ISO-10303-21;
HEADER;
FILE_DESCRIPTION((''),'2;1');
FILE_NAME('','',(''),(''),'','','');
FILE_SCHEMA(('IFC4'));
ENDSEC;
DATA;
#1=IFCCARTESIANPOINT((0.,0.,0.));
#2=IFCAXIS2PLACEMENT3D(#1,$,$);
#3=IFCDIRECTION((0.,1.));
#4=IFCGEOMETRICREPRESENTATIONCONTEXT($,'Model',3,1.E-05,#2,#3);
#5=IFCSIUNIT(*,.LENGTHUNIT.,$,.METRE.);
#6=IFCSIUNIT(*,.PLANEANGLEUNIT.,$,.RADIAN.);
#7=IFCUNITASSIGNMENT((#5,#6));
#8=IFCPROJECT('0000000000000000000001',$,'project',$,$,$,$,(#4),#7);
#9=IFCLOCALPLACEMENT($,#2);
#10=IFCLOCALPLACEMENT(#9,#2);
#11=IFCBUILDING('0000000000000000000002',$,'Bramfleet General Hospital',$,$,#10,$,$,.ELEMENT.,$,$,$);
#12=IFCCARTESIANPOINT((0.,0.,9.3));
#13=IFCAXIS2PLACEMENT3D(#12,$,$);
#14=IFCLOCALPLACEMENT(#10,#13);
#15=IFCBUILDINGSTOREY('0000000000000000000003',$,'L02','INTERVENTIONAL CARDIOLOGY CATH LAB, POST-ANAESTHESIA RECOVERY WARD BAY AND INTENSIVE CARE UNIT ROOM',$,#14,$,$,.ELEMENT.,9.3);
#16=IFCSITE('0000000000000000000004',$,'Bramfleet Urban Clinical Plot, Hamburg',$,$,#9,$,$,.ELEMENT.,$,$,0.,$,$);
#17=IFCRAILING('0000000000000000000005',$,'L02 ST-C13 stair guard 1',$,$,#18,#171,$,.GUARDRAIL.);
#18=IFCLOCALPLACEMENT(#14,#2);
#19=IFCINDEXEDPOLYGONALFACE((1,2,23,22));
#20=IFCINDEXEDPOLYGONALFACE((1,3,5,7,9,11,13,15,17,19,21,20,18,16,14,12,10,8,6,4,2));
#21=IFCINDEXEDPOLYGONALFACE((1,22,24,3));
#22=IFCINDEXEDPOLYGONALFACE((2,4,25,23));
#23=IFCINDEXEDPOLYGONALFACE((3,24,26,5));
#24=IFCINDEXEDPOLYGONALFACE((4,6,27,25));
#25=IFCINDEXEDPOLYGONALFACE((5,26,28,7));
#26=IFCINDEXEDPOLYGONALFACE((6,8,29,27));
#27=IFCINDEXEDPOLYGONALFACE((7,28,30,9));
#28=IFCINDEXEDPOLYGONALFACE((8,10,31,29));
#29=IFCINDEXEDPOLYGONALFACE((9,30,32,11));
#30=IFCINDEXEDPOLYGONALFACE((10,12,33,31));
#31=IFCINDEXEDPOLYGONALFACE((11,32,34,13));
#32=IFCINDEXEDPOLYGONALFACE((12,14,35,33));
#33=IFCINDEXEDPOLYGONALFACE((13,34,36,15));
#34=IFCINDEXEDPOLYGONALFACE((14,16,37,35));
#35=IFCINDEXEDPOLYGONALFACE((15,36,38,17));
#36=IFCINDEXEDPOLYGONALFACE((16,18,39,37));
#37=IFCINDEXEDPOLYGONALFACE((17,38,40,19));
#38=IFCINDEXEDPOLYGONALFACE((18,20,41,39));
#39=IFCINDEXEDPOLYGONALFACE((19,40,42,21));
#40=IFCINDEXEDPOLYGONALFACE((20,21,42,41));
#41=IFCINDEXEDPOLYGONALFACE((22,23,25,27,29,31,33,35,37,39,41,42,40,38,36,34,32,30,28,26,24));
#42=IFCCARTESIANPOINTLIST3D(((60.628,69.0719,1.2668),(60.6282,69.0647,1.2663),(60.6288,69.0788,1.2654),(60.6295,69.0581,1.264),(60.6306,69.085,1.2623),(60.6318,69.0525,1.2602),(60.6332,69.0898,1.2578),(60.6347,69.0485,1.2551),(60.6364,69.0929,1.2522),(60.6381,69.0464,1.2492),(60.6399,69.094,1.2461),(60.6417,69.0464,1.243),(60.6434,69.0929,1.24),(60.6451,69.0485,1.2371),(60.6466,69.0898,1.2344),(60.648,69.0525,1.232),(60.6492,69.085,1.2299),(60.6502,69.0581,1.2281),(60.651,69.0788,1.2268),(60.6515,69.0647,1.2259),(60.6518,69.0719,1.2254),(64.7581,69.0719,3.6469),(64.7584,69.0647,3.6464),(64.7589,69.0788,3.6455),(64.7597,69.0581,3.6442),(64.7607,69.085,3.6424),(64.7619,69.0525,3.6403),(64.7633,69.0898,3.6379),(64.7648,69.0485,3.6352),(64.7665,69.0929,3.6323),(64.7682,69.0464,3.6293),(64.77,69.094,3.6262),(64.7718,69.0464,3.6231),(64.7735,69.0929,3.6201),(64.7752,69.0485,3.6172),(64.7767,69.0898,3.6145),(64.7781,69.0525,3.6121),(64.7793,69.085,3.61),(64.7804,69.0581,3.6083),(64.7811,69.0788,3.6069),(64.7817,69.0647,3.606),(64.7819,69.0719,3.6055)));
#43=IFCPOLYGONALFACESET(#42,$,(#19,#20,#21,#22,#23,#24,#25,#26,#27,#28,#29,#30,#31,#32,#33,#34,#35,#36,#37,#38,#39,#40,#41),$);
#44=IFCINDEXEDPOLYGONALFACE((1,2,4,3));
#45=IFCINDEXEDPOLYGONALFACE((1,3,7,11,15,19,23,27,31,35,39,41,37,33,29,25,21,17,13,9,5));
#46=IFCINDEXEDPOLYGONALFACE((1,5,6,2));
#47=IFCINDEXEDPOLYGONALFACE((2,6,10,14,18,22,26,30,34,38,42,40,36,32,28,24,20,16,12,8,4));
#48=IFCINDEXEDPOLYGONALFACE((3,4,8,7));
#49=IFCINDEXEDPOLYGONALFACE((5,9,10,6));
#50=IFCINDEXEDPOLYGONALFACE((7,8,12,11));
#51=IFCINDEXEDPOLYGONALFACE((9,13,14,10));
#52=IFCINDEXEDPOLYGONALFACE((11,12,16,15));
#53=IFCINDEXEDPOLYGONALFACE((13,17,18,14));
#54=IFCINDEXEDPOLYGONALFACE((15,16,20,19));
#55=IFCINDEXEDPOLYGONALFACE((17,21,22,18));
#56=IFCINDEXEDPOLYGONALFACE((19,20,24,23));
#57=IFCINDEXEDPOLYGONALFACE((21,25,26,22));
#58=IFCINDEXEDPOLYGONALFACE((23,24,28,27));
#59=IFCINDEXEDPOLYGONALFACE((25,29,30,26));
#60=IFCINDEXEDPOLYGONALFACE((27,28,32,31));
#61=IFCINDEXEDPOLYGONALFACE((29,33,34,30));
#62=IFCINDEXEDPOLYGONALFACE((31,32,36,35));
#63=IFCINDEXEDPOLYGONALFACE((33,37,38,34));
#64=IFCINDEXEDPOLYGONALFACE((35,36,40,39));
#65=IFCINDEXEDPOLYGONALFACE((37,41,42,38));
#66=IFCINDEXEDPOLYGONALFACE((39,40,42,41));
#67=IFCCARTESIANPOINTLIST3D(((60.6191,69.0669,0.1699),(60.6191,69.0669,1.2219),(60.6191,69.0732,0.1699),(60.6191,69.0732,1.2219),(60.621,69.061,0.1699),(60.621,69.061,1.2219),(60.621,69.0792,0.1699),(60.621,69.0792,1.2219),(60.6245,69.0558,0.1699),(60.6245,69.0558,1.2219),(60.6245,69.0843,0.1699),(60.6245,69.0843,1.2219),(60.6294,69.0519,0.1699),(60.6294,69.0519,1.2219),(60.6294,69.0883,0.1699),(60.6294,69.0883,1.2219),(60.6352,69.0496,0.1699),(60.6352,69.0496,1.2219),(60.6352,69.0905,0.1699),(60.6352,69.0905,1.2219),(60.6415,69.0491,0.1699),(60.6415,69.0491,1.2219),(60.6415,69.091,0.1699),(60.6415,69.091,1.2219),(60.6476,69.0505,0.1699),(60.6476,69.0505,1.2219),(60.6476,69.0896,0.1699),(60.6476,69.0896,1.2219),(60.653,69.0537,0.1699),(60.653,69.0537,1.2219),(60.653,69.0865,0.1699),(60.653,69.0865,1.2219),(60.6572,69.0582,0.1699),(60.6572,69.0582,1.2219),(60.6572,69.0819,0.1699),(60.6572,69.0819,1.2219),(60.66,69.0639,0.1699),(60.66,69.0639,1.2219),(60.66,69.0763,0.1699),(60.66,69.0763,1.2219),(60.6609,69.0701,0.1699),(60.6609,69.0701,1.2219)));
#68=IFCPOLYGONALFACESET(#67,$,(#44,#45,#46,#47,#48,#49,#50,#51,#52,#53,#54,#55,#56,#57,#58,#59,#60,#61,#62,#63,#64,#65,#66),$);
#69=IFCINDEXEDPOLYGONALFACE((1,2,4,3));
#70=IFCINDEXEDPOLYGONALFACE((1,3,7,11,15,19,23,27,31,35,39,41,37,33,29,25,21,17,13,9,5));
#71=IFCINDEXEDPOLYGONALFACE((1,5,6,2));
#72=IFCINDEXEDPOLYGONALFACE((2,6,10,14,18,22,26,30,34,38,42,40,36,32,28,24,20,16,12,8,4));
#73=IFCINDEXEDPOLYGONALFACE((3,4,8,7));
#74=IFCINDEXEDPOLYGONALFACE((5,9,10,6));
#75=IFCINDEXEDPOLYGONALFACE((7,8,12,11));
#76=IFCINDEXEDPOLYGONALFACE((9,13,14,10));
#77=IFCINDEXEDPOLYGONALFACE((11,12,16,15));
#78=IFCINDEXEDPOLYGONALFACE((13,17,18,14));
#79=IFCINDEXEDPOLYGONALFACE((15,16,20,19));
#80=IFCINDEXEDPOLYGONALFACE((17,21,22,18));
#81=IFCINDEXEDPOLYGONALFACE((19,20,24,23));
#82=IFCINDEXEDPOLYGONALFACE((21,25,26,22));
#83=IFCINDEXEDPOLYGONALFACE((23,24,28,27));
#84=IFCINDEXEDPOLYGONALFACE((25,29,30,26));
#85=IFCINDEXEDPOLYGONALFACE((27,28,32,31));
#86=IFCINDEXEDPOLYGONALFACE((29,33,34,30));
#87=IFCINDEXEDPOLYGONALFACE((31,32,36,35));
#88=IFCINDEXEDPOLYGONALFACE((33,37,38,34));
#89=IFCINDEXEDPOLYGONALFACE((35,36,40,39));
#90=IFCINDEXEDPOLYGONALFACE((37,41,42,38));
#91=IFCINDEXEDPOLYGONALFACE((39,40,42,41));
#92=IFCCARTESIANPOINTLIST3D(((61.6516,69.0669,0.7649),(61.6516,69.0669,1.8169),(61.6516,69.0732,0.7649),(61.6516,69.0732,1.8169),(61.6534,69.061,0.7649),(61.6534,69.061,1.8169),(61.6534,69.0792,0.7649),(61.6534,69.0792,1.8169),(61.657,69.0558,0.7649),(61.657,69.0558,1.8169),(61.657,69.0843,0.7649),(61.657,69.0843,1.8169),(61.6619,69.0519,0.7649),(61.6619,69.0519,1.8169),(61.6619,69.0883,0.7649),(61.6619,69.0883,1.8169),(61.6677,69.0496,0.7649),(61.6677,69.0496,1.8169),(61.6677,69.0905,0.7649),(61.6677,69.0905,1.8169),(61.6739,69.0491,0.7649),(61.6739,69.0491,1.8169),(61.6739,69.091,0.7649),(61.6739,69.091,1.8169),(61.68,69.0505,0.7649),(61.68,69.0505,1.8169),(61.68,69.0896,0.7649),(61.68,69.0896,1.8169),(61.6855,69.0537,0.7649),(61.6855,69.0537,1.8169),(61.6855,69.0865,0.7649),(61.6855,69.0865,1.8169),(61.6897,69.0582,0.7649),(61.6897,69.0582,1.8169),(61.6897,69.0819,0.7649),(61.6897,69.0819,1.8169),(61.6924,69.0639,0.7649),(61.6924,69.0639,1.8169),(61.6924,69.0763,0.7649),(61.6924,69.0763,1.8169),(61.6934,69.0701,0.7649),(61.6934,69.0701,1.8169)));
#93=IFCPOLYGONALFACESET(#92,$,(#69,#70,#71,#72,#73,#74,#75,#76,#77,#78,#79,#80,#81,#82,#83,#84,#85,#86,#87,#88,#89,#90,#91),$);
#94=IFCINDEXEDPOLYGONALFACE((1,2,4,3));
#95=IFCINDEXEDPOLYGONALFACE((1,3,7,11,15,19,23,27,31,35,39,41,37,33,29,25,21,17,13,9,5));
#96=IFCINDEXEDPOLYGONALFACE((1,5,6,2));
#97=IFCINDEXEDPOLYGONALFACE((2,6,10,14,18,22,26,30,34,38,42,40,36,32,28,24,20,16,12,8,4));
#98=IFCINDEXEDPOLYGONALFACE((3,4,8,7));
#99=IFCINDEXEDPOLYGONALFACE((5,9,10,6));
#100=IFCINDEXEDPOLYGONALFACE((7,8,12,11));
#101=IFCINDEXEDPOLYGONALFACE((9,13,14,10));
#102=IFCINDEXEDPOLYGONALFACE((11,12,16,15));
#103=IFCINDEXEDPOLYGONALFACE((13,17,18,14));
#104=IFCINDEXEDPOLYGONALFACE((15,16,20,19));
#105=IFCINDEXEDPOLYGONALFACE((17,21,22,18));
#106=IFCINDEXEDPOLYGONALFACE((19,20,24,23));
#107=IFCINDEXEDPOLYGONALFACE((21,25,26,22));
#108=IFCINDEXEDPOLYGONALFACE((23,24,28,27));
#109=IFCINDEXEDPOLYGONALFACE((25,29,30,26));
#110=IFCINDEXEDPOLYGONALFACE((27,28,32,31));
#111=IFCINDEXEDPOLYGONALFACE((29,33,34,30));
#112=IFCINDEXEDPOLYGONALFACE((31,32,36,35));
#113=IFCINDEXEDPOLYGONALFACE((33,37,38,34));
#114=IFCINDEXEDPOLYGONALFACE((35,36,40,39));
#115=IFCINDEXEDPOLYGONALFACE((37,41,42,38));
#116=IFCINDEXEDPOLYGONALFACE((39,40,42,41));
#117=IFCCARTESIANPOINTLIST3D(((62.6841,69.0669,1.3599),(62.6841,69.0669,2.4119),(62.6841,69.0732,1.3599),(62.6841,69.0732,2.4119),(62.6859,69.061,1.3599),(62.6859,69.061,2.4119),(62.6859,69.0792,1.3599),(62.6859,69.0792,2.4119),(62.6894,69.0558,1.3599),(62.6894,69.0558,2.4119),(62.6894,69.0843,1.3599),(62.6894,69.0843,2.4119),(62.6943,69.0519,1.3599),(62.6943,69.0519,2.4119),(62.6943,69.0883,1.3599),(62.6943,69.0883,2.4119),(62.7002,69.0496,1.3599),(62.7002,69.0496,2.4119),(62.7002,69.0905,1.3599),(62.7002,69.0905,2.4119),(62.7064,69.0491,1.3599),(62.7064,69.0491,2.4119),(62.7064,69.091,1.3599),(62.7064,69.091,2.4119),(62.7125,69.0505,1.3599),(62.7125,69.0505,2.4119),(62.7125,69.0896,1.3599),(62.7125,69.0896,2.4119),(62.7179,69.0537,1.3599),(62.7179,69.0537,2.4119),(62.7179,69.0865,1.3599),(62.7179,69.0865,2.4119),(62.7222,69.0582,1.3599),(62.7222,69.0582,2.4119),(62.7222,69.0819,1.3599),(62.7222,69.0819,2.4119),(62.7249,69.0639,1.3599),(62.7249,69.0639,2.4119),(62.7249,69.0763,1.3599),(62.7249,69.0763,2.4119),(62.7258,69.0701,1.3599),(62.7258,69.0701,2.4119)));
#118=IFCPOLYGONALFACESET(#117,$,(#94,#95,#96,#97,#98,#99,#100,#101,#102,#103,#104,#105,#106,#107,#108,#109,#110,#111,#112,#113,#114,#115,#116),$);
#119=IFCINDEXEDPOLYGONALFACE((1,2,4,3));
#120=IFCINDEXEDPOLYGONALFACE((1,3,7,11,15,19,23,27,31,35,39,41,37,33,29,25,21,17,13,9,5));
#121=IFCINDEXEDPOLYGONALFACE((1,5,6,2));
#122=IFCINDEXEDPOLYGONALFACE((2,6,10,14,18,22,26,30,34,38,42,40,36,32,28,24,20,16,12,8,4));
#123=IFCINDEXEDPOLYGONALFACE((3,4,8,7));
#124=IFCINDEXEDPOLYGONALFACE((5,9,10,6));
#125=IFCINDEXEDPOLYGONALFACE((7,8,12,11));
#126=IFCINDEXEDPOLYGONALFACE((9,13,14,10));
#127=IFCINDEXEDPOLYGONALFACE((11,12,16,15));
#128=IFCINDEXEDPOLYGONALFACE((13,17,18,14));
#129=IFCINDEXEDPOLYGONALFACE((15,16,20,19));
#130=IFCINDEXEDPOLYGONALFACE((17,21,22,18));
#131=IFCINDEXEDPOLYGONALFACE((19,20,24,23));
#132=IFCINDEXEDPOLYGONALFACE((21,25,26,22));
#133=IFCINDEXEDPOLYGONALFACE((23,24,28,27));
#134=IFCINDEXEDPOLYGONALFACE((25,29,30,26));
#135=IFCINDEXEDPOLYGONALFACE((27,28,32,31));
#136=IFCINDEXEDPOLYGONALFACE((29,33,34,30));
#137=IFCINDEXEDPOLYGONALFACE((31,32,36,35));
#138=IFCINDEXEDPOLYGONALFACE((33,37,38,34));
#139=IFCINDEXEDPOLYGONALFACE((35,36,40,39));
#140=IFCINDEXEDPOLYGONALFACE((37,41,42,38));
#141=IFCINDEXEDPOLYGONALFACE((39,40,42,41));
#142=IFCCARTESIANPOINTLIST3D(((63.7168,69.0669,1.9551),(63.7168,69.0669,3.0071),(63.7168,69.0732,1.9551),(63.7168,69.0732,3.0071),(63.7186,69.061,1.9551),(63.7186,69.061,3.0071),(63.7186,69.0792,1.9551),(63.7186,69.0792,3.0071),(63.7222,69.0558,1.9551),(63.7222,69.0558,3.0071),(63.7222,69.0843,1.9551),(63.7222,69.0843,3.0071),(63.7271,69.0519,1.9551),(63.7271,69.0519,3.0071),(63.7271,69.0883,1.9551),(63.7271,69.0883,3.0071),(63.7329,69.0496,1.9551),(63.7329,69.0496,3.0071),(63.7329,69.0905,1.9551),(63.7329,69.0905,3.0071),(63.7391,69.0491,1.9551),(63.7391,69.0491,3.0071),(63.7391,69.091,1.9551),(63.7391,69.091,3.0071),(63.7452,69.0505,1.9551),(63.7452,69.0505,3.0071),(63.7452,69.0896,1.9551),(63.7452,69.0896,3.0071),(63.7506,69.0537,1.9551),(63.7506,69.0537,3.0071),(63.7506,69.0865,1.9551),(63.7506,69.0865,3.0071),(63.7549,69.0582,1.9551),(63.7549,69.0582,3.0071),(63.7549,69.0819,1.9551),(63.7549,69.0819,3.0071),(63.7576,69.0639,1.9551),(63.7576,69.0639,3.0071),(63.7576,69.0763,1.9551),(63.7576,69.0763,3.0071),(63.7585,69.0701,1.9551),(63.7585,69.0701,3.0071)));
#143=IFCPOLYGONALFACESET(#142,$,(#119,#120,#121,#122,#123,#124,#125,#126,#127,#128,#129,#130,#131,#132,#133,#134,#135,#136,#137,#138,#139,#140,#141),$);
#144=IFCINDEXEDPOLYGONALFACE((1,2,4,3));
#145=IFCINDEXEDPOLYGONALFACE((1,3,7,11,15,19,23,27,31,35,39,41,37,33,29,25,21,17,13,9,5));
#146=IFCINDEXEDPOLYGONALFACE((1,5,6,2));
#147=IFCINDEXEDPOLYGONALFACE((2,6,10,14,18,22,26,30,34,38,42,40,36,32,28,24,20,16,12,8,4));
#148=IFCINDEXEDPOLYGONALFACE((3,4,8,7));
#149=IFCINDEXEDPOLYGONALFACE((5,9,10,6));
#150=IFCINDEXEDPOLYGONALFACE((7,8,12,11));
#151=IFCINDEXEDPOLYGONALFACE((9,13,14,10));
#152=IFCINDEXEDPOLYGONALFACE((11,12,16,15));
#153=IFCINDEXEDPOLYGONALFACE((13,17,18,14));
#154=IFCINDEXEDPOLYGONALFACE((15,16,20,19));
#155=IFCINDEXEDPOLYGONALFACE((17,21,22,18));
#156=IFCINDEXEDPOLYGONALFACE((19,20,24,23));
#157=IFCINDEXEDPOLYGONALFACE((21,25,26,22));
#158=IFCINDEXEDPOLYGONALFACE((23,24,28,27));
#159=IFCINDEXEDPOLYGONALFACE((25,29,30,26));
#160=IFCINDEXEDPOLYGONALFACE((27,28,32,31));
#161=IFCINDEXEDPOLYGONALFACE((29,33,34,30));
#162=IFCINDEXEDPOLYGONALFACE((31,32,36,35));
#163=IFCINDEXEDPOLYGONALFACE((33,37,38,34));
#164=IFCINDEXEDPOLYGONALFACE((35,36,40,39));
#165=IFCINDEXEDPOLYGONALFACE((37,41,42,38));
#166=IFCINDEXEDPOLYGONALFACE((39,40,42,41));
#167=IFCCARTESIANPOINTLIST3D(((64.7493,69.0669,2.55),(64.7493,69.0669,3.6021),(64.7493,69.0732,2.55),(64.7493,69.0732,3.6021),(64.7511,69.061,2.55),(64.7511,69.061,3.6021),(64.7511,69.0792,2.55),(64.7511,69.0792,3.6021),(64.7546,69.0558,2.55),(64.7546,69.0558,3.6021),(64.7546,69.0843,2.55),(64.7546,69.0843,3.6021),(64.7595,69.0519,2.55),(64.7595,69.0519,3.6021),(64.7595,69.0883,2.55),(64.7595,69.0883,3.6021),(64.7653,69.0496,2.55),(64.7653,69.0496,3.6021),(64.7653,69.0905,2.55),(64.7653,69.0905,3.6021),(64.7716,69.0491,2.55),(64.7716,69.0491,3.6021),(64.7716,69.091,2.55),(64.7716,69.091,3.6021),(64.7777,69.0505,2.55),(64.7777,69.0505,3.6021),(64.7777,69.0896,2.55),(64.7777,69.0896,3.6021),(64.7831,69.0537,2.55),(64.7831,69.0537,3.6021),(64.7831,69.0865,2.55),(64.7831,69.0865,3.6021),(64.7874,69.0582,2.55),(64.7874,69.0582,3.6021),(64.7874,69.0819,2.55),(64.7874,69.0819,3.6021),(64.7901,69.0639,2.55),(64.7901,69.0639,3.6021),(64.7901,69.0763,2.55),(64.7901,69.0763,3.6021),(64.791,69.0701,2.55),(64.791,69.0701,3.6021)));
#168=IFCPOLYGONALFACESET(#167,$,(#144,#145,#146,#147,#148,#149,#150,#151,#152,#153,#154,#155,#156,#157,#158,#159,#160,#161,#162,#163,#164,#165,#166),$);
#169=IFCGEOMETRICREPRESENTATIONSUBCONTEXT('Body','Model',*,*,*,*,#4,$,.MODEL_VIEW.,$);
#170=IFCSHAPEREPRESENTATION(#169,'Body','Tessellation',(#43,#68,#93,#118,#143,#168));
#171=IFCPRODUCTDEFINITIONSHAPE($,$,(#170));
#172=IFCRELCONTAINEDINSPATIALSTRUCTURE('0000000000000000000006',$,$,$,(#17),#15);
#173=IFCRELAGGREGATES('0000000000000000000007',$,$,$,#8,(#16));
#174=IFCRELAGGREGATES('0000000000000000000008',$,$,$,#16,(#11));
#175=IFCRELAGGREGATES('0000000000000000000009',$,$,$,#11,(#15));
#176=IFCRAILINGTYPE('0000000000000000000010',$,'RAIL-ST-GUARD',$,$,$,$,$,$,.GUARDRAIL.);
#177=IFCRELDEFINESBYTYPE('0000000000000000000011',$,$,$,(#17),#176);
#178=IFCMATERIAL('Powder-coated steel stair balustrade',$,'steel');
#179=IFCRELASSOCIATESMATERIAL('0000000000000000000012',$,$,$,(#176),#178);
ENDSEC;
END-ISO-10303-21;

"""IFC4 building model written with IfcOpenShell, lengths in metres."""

from ifc_helpers import new_model, si_unit, direction, frame, origin, origin_2d, place, context, subcontext, project, spatial, circle, extrude, material, type_object, element, save


model = new_model("IFC4")

# Units and contexts
model_context = context("Model", 3, precision=1e-05, world=origin(), true_north=direction((0.0, 1.0)))
body_context = subcontext(model_context, "Body", "Model", "MODEL_VIEW")
ifc_project = project(units=[si_unit("LENGTHUNIT", "METRE"), si_unit("PLANEANGLEUNIT", "RADIAN")], contexts=[model_context])

# Site, building, storey
site_placement = place(None, origin())
site = spatial("IfcSite", under=ifc_project, at=site_placement, Name="Bramfleet Urban Clinical Plot, Hamburg", CompositionType="ELEMENT", RefElevation=0.0)
building_placement = place(site_placement, origin())
building = spatial("IfcBuilding", under=site, at=building_placement, Name="Bramfleet General Hospital", CompositionType="ELEMENT")
storey_placement = place(building_placement, frame((0.0, 0.0, 9.3)))
storey = spatial("IfcBuildingStorey", under=building, at=storey_placement, Name="L02", Description="INTERVENTIONAL CARDIOLOGY CATH LAB, POST-ANAESTHESIA RECOVERY WARD BAY AND INTENSIVE CARE UNIT ROOM", CompositionType="ELEMENT", Elevation=9.3)

# Railing
ifc_material_1 = material(Name="Powder-coated steel stair balustrade", Category="steel")
railing_type_1 = type_object("IfcRailingType", Name="RAIL-ST-GUARD", PredefinedType="GUARDRAIL", material=ifc_material_1)
railing_1_placement = place(storey_placement, frame((60.6399, 69.0701, 0.1699)))
element("IfcRailing", 1, at=railing_1_placement, inside=storey, type_object=railing_type_1, Name="L02 ST-C13 stair guard 1", PredefinedType="GUARDRAIL", context=body_context, shape_type="SweptSolid", body=[
    extrude(circle(Radius=0.0239, at=origin_2d()), frame((0.0, 0.0, 1.0762), z_axis=(0.866425, 0.0, 0.499307), x_axis=(0.0, 1.0, 0.0)), (0.0, 0.0, 1.0), 4.7668),
    extrude(circle(Radius=0.021, at=origin_2d()), origin(), (0.0, 0.0, 1.0), 1.052),
    extrude(circle(Radius=0.021, at=origin_2d()), frame((1.0325, 0.0, 0.595)), (0.0, 0.0, 1.0), 1.052),
    extrude(circle(Radius=0.021, at=origin_2d()), frame((2.0649, 0.0, 1.1899)), (0.0, 0.0, 1.0), 1.052),
    extrude(circle(Radius=0.021, at=origin_2d()), frame((3.0977, 0.0, 1.7852)), (0.0, 0.0, 1.0), 1.052),
    extrude(circle(Radius=0.021, at=origin_2d()), frame((4.1301, 0.0, 2.3801)), (0.0, 0.0, 1.0), 1.052),
])

save(model, "model.ifc")
